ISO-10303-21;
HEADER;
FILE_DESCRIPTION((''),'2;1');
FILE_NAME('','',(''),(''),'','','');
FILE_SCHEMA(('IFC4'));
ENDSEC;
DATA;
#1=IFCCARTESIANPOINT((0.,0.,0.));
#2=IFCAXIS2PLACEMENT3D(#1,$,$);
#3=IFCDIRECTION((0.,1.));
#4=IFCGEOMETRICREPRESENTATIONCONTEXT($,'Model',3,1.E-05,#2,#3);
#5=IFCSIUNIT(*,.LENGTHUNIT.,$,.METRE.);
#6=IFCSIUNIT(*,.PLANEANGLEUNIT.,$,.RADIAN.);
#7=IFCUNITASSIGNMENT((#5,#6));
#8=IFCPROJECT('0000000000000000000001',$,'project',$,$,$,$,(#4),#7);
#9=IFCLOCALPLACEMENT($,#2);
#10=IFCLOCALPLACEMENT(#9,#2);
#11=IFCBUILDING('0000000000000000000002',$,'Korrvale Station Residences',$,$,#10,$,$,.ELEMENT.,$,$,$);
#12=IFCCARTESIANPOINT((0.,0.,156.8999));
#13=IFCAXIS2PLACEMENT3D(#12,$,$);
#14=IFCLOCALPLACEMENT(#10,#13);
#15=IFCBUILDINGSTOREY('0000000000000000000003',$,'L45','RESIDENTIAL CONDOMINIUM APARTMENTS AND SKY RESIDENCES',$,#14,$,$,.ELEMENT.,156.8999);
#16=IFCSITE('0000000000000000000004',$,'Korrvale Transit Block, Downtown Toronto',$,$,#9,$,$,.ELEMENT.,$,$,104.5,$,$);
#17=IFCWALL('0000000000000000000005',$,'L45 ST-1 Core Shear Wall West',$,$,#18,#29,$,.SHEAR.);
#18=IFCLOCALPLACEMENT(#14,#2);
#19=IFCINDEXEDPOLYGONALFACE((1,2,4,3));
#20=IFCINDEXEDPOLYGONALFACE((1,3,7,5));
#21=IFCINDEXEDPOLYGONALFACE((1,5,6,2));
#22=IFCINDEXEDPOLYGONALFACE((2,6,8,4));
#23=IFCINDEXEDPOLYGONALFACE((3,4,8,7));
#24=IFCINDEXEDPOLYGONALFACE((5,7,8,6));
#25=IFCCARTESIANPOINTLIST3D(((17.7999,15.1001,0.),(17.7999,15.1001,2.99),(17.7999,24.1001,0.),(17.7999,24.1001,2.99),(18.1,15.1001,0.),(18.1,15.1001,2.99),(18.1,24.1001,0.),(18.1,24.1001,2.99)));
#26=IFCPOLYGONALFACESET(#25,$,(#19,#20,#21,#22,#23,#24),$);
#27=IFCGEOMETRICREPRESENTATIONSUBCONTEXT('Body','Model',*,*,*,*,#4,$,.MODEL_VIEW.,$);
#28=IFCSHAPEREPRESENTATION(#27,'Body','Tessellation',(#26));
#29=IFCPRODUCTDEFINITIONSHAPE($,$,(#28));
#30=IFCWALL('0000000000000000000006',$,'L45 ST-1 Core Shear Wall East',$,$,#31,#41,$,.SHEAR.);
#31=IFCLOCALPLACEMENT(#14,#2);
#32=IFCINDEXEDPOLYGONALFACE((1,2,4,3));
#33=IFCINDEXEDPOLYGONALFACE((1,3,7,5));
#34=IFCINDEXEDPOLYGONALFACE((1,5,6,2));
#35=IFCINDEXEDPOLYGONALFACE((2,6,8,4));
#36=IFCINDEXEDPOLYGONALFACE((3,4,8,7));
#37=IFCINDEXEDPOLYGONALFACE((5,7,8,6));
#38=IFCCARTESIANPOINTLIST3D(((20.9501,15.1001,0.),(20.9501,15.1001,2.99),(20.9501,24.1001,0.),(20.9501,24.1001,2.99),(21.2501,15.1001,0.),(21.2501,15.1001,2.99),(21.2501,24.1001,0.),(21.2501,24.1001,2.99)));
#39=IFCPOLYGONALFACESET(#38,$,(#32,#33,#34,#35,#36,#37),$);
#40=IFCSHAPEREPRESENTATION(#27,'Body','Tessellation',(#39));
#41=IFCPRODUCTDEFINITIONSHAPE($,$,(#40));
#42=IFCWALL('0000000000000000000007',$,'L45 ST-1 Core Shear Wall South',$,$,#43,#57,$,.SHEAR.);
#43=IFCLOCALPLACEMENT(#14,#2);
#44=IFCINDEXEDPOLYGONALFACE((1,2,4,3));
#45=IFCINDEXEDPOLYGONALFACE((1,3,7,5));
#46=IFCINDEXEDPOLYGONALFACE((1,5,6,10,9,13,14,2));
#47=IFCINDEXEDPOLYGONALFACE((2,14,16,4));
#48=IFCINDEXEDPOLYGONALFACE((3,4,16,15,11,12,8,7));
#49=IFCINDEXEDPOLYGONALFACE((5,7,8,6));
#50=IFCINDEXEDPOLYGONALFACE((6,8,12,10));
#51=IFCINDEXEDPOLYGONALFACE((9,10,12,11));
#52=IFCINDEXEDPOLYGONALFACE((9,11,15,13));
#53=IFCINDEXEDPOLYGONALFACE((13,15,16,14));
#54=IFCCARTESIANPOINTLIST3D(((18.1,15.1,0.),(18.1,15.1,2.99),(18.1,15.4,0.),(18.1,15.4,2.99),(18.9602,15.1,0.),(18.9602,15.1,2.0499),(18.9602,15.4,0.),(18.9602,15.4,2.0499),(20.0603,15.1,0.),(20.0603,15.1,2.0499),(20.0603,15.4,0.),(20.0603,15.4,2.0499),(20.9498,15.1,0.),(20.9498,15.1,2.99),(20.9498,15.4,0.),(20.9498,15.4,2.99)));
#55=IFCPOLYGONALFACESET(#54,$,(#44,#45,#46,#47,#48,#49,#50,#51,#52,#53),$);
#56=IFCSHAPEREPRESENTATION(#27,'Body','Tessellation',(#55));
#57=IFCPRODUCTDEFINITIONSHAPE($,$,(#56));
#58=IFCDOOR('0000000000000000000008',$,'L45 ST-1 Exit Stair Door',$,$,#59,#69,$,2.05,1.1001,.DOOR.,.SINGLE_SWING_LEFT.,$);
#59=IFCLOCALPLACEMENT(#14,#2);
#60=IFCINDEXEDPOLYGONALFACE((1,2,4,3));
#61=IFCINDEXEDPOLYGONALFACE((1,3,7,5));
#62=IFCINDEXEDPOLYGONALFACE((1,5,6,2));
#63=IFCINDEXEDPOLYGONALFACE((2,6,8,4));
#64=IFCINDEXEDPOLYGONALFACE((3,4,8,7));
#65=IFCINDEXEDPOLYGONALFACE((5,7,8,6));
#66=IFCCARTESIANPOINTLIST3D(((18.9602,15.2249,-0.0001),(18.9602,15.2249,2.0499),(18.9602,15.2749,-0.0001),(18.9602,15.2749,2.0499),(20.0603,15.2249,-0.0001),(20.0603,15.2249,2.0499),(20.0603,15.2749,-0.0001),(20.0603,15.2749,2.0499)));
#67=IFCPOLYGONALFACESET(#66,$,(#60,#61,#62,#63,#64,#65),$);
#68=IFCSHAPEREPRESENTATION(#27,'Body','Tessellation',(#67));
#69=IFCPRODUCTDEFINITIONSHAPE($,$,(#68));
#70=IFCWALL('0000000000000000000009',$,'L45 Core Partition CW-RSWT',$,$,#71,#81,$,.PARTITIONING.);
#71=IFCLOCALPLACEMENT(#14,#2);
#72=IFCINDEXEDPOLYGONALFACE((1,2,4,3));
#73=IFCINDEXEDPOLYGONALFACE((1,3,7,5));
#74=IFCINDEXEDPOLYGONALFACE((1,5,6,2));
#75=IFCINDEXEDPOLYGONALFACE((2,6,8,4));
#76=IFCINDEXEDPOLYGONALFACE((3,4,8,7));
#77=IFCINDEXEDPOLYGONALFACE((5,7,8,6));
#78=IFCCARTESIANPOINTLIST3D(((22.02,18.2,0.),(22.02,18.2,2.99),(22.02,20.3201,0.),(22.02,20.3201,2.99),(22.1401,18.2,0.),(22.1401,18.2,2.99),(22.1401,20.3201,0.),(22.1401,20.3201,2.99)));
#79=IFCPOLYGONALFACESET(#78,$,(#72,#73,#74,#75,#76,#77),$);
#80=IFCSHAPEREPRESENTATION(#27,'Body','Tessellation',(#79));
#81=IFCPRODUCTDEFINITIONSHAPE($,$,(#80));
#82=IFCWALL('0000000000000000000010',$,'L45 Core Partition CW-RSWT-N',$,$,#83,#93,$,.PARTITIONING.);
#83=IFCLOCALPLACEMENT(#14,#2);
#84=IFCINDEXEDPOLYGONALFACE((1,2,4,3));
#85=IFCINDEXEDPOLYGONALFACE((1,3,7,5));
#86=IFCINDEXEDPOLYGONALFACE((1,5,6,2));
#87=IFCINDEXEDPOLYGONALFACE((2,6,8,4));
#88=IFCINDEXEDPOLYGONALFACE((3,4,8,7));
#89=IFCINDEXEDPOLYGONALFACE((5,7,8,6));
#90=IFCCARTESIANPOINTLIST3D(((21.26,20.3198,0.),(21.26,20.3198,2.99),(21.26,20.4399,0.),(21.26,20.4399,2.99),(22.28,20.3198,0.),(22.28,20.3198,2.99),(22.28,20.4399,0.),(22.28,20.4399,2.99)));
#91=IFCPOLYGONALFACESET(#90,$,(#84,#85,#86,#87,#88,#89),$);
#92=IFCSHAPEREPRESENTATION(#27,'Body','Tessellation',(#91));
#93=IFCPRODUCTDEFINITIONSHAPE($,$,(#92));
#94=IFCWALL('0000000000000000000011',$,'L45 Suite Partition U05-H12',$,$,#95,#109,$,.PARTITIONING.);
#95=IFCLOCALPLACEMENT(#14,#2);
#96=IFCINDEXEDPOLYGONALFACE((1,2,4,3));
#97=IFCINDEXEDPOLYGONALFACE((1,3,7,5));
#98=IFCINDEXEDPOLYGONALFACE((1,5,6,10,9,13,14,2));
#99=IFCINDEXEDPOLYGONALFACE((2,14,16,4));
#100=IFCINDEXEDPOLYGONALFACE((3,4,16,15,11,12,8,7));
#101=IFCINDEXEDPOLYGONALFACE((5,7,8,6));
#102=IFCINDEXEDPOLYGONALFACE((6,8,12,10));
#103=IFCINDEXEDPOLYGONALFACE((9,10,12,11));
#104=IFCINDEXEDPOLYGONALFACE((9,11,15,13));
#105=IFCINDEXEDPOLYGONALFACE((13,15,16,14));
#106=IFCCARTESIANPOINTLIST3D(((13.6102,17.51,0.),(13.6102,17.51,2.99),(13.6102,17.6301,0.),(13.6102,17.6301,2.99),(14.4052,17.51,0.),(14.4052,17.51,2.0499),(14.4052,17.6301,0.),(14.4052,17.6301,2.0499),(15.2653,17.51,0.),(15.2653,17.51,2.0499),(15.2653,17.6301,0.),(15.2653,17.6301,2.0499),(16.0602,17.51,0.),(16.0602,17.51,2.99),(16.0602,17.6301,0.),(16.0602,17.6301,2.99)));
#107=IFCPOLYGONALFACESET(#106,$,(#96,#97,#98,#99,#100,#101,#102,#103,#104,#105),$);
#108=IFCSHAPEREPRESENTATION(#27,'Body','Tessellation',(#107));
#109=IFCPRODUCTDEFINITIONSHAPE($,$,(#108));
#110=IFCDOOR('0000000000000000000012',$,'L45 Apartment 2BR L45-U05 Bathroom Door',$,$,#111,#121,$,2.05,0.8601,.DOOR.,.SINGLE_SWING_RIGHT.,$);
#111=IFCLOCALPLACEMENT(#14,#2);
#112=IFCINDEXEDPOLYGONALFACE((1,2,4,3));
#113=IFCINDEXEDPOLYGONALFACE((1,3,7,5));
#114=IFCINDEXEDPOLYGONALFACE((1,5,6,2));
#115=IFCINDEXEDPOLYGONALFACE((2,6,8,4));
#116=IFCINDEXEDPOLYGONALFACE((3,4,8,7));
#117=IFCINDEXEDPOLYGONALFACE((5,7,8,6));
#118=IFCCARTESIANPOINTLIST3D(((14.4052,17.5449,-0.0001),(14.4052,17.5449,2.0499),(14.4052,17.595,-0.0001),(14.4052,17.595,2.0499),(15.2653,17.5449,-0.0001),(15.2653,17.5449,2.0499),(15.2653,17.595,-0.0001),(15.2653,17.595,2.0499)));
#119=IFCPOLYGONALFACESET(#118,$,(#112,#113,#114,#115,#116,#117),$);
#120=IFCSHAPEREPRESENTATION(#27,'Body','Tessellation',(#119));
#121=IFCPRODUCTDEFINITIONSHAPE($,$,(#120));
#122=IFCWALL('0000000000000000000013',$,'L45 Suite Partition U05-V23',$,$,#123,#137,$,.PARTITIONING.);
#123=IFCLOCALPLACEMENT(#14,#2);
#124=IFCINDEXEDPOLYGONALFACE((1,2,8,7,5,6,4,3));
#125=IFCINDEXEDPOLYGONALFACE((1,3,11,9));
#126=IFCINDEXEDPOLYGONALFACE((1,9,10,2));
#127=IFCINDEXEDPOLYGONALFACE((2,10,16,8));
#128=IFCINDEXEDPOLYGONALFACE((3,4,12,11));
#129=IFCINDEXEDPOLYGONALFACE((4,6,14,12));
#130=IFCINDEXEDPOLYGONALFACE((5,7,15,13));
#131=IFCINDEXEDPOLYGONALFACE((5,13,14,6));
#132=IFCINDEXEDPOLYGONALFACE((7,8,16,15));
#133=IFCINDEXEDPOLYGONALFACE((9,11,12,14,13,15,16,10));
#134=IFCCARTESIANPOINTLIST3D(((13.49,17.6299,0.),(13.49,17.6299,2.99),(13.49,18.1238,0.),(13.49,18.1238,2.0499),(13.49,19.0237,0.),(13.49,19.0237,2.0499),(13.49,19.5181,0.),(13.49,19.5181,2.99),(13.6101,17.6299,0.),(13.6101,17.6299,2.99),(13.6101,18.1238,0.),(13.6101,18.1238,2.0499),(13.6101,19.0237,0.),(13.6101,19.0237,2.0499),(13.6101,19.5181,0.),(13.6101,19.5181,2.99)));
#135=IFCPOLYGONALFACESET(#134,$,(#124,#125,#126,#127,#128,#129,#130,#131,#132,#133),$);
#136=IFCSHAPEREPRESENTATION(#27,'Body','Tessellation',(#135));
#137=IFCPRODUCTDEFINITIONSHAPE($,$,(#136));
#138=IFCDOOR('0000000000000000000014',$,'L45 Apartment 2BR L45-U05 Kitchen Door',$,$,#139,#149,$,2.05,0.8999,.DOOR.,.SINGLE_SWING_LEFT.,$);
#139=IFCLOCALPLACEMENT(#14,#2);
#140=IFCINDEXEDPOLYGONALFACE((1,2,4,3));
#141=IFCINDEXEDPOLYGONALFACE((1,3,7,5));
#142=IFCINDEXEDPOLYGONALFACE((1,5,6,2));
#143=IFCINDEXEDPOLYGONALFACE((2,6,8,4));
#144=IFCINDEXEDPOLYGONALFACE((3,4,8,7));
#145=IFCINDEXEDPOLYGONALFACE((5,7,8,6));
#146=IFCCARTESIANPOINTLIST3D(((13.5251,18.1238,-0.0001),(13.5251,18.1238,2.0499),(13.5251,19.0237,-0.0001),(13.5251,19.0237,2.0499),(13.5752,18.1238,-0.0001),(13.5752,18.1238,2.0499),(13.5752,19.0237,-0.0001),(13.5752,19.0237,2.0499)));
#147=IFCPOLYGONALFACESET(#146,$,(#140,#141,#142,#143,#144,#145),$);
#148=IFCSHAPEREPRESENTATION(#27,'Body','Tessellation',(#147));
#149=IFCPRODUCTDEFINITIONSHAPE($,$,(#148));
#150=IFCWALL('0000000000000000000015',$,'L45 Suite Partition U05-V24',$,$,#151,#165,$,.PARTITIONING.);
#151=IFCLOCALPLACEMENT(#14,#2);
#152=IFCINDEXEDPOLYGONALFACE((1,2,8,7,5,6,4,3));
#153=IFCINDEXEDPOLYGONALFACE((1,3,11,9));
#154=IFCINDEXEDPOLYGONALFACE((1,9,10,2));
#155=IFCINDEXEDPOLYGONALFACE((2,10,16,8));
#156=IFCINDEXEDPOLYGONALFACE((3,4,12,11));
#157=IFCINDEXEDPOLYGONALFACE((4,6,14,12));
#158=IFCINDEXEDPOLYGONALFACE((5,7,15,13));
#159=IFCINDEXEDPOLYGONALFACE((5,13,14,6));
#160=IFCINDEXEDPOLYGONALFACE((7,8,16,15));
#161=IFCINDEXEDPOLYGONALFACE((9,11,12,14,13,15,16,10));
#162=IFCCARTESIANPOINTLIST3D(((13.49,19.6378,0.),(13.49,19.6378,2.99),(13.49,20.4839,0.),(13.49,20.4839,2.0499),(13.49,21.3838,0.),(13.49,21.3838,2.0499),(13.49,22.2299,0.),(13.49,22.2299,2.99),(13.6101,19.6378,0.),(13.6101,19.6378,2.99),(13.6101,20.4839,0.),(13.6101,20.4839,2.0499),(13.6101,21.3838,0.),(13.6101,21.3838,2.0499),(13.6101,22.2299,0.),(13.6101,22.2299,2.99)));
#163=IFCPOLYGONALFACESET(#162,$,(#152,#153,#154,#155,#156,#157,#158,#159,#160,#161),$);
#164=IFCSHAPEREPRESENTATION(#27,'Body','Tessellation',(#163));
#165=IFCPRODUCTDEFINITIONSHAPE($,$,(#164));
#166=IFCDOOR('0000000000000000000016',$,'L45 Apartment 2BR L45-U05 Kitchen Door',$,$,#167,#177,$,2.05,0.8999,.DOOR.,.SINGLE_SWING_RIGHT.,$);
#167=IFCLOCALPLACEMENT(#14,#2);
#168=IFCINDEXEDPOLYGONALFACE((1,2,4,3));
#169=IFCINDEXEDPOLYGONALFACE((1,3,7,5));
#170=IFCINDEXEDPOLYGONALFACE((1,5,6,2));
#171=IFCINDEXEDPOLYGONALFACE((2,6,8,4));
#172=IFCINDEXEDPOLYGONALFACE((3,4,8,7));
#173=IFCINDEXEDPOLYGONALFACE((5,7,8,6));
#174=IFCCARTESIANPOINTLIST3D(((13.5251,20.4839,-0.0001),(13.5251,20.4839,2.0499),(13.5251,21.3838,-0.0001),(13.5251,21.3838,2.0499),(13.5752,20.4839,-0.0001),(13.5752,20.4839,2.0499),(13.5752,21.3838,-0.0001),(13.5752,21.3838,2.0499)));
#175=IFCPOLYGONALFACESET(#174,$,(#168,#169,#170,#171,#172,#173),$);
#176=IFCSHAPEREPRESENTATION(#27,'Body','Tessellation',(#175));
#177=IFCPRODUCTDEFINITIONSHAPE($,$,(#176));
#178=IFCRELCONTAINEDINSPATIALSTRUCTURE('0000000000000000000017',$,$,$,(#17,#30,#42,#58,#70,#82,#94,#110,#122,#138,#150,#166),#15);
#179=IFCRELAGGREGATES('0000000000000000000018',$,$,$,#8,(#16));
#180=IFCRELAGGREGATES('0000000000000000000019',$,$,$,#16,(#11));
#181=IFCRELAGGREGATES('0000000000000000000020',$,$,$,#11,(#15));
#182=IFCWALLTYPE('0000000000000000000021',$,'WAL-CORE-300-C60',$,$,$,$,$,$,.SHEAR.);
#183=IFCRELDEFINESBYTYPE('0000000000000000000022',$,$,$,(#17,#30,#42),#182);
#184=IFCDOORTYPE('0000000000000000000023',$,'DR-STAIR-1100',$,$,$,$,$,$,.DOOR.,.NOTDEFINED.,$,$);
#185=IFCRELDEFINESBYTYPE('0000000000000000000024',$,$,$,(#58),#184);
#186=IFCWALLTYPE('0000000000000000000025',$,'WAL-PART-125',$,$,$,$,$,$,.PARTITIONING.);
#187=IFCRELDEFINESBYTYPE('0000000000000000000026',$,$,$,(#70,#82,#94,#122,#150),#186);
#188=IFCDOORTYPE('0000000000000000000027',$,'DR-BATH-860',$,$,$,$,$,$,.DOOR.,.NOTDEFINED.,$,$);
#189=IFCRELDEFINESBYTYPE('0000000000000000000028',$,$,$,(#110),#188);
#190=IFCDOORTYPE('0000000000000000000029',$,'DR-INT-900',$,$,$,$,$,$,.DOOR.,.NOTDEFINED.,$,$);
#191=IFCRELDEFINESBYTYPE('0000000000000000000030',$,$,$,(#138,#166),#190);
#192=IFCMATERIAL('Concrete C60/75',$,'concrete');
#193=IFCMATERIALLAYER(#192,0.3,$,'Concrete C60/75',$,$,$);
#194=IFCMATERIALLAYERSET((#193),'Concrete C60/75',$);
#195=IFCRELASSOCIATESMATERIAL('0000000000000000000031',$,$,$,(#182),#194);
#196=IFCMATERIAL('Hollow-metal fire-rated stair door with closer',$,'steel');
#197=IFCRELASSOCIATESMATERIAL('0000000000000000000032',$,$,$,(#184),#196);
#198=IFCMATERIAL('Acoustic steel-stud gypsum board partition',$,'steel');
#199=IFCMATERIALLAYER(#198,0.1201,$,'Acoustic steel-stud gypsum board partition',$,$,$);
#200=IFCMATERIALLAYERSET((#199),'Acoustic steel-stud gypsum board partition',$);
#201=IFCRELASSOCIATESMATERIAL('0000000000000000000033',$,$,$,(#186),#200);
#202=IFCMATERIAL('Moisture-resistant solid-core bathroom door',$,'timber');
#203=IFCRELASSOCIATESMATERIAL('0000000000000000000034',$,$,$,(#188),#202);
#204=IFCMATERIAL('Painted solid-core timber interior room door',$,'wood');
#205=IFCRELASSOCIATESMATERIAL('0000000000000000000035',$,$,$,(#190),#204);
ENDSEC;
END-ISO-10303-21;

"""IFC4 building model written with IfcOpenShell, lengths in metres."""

from ifc_helpers import new_model, si_unit, direction, frame, frame_2d, origin, place, context, subcontext, project, spatial, rectangle, extrude, material, layer, layer_set, type_object, element, fill, save


model = new_model("IFC4")

# Units and contexts
model_context = context("Model", 3, precision=1e-05, world=origin(), true_north=direction((0.0, 1.0)))
body_context = subcontext(model_context, "Body", "Model", "MODEL_VIEW")
ifc_project = project(units=[si_unit("LENGTHUNIT", "METRE"), si_unit("PLANEANGLEUNIT", "RADIAN")], contexts=[model_context])

# Site, building, storey
site_placement = place(None, origin())
site = spatial("IfcSite", under=ifc_project, at=site_placement, Name="Korrvale Transit Block, Downtown Toronto", CompositionType="ELEMENT", RefElevation=104.5)
building_placement = place(site_placement, origin())
building = spatial("IfcBuilding", under=site, at=building_placement, Name="Korrvale Station Residences", CompositionType="ELEMENT")
storey_placement = place(building_placement, frame((0.0, 0.0, 156.8999)))
storey = spatial("IfcBuildingStorey", under=building, at=storey_placement, Name="L45", Description="RESIDENTIAL CONDOMINIUM APARTMENTS AND SKY RESIDENCES", CompositionType="ELEMENT", Elevation=156.8999)

# Walls
ifc_material_1 = material(Name="Concrete C60/75", Category="concrete")
ifc_layer_1 = layer(ifc_material_1, 0.3, Name="Concrete C60/75")
ifc_layer_set_1 = layer_set([ifc_layer_1], Name="Concrete C60/75")
wall_type_1 = type_object("IfcWallType", Name="WAL-CORE-300-C60", PredefinedType="SHEAR", material=ifc_layer_set_1)
for number, where, z_axis, x_axis, name in (
    (1, (17.95, 15.1001, 0.0), (0.0, 0.0, 1.0), (0.0, 1.0, 0.0), "L45 ST-1 Core Shear Wall West"),
    (2, (21.1001, 15.1001, 0.0), (0.0, 0.0, 1.0), (0.0, 1.0, 0.0), "L45 ST-1 Core Shear Wall East"),
):
    element("IfcWall", number, at=place(storey_placement, frame(where, z_axis=z_axis, x_axis=x_axis)), inside=storey, type_object=wall_type_1, Name=name, PredefinedType="SHEAR", context=body_context, shape_type="SweptSolid", body=[
        extrude(rectangle(XDim=9.0, YDim=0.3, at=frame_2d((4.5, 0.0))), origin(), (0.0, 0.0, 1.0), 2.99),
    ])

# Wall, opening, door
wall_1_placement = place(storey_placement, frame((18.1001, 15.25, 0.0), z_axis=(0.0, 0.0, 1.0), x_axis=(1.0, 0.0, 0.0)))
wall_1 = element("IfcWall", 3, at=wall_1_placement, inside=storey, type_object=wall_type_1, Name="L45 ST-1 Core Shear Wall South", PredefinedType="SHEAR", context=body_context, shape_type="SweptSolid", body=[
    extrude(rectangle(XDim=2.8499, YDim=0.3, at=frame_2d((1.4248, 0.0))), origin(), (0.0, 0.0, 1.0), 2.99),
])
opening_1_placement = place(wall_1_placement, frame((0.8601, 0.0, 0.0)))
opening_1 = element("IfcOpeningElement", 4, at=opening_1_placement, cuts=wall_1, PredefinedType="OPENING", context=body_context, shape_type="SweptSolid", body=[
    extrude(rectangle(XDim=1.1001, YDim=2.05, at=frame_2d((0.55, 1.0249))), frame((0.0, 0.1602, 0.0), z_axis=(0.0, -1.0, 0.0), x_axis=(1.0, 0.0, 0.0)), (0.0, 0.0, 1.0), 0.3201),
])
ifc_material_2 = material(Name="Hollow-metal fire-rated stair door with closer", Category="steel")
door_type_1 = type_object("IfcDoorType", Name="DR-STAIR-1100", OperationType="NOTDEFINED", PredefinedType="DOOR", material=ifc_material_2)
door_1_placement = place(opening_1_placement, origin())
door_1 = element("IfcDoor", 5, at=door_1_placement, inside=storey, type_object=door_type_1, Name="L45 ST-1 Exit Stair Door", OperationType="SINGLE_SWING_LEFT", OverallHeight=2.05, OverallWidth=1.1001, PredefinedType="DOOR", context=body_context, shape_type="SweptSolid", body=[
    extrude(rectangle(XDim=1.1001, YDim=2.05, at=frame_2d((0.55, 1.0249))), frame((0.0, 0.0249, 0.0), z_axis=(0.0, -1.0, 0.0), x_axis=(1.0, 0.0, 0.0)), (0.0, 0.0, 1.0), 0.05),
])
fill(opening_1, door_1)

# Walls
ifc_material_3 = material(Name="Acoustic steel-stud gypsum board partition", Category="steel")
ifc_layer_2 = layer(ifc_material_3, 0.1201, Name="Acoustic steel-stud gypsum board partition")
ifc_layer_set_2 = layer_set([ifc_layer_2], Name="Acoustic steel-stud gypsum board partition")
wall_type_2 = type_object("IfcWallType", Name="WAL-PART-125", PredefinedType="PARTITIONING", material=ifc_layer_set_2)
wall_2_placement = place(storey_placement, frame((22.0801, 18.2, 0.0), z_axis=(0.0, 0.0, 1.0), x_axis=(0.0, 1.0, 0.0)))
element("IfcWall", 6, at=wall_2_placement, inside=storey, type_object=wall_type_2, Name="L45 Core Partition CW-RSWT", PredefinedType="PARTITIONING", context=body_context, shape_type="SweptSolid", body=[
    extrude(rectangle(XDim=2.1201, YDim=0.1201, at=frame_2d((1.0601, 0.0))), origin(), (0.0, 0.0, 1.0), 2.99),
])
wall_3_placement = place(storey_placement, frame((22.28, 20.3799, 0.0), z_axis=(0.0, 0.0, 1.0), x_axis=(-1.0, 0.0, 0.0)))
element("IfcWall", 7, at=wall_3_placement, inside=storey, type_object=wall_type_2, Name="L45 Core Partition CW-RSWT-N", PredefinedType="PARTITIONING", context=body_context, shape_type="SweptSolid", body=[
    extrude(rectangle(XDim=1.02, YDim=0.1201, at=frame_2d((0.51, 0.0))), origin(), (0.0, 0.0, 1.0), 2.99),
])

# Walls, openings, doors
wall_4_placement = place(storey_placement, frame((13.6101, 17.5701, 0.0), z_axis=(0.0, 0.0, 1.0), x_axis=(1.0, 0.0, 0.0)))
wall_4 = element("IfcWall", 8, at=wall_4_placement, inside=storey, type_object=wall_type_2, Name="L45 Suite Partition U05-H12", PredefinedType="PARTITIONING", context=body_context, shape_type="SweptSolid", body=[
    extrude(rectangle(XDim=2.45, YDim=0.1201, at=frame_2d((1.2251, 0.0))), origin(), (0.0, 0.0, 1.0), 2.99),
])
opening_2_placement = place(wall_4_placement, frame((0.7949, 0.0, 0.0)))
opening_2 = element("IfcOpeningElement", 9, at=opening_2_placement, cuts=wall_4, PredefinedType="OPENING", context=body_context, shape_type="SweptSolid", body=[
    extrude(rectangle(XDim=0.8601, YDim=2.05, at=frame_2d((0.4302, 1.0249))), frame((0.0, 0.0701, 0.0), z_axis=(0.0, -1.0, 0.0), x_axis=(1.0, 0.0, 0.0)), (0.0, 0.0, 1.0), 0.1401),
])
ifc_material_4 = material(Name="Moisture-resistant solid-core bathroom door", Category="timber")
door_type_2 = type_object("IfcDoorType", Name="DR-BATH-860", OperationType="NOTDEFINED", PredefinedType="DOOR", material=ifc_material_4)
door_2_placement = place(opening_2_placement, origin())
door_2 = element("IfcDoor", 10, at=door_2_placement, inside=storey, type_object=door_type_2, Name="L45 Apartment 2BR L45-U05 Bathroom Door", OperationType="SINGLE_SWING_RIGHT", OverallHeight=2.05, OverallWidth=0.8601, PredefinedType="DOOR", context=body_context, shape_type="SweptSolid", body=[
    extrude(rectangle(XDim=0.8601, YDim=2.05, at=frame_2d((0.4302, 1.0249))), frame((0.0, 0.0249, 0.0), z_axis=(0.0, -1.0, 0.0), x_axis=(1.0, 0.0, 0.0)), (0.0, 0.0, 1.0), 0.05),
])
fill(opening_2, door_2)
wall_5_placement = place(storey_placement, frame((13.55, 17.6299, 0.0), z_axis=(0.0, 0.0, 1.0), x_axis=(0.0, 1.0, 0.0)))
wall_5 = element("IfcWall", 11, at=wall_5_placement, inside=storey, type_object=wall_type_2, Name="L45 Suite Partition U05-V23", PredefinedType="PARTITIONING", context=body_context, shape_type="SweptSolid", body=[
    extrude(rectangle(XDim=1.8882, YDim=0.1201, at=frame_2d((0.9441, 0.0))), origin(), (0.0, 0.0, 1.0), 2.99),
])
opening_3_placement = place(wall_5_placement, frame((0.4939, 0.0, 0.0)))
opening_3 = element("IfcOpeningElement", 12, at=opening_3_placement, cuts=wall_5, PredefinedType="OPENING", context=body_context, shape_type="SweptSolid", body=[
    extrude(rectangle(XDim=0.8999, YDim=2.05, at=frame_2d((0.45, 1.0249))), frame((0.0, 0.0701, 0.0), z_axis=(0.0, -1.0, 0.0), x_axis=(1.0, 0.0, 0.0)), (0.0, 0.0, 1.0), 0.1401),
])
ifc_material_5 = material(Name="Painted solid-core timber interior room door", Category="wood")
door_type_3 = type_object("IfcDoorType", Name="DR-INT-900", OperationType="NOTDEFINED", PredefinedType="DOOR", material=ifc_material_5)
door_3_placement = place(opening_3_placement, origin())
door_3 = element("IfcDoor", 13, at=door_3_placement, inside=storey, type_object=door_type_3, Name="L45 Apartment 2BR L45-U05 Kitchen Door", OperationType="SINGLE_SWING_LEFT", OverallHeight=2.05, OverallWidth=0.8999, PredefinedType="DOOR", context=body_context, shape_type="SweptSolid", body=[
    extrude(rectangle(XDim=0.8999, YDim=2.05, at=frame_2d((0.45, 1.0249))), frame((0.0, 0.0249, 0.0), z_axis=(0.0, -1.0, 0.0), x_axis=(1.0, 0.0, 0.0)), (0.0, 0.0, 1.0), 0.05),
])
fill(opening_3, door_3)
wall_6_placement = place(storey_placement, frame((13.55, 19.6379, 0.0), z_axis=(0.0, 0.0, 1.0), x_axis=(0.0, 1.0, 0.0)))
wall_6 = element("IfcWall", 14, at=wall_6_placement, inside=storey, type_object=wall_type_2, Name="L45 Suite Partition U05-V24", PredefinedType="PARTITIONING", context=body_context, shape_type="SweptSolid", body=[
    extrude(rectangle(XDim=2.592, YDim=0.1201, at=frame_2d((1.2959, 0.0))), origin(), (0.0, 0.0, 1.0), 2.99),
])
opening_4_placement = place(wall_6_placement, frame((0.8459, 0.0, 0.0)))
opening_4 = element("IfcOpeningElement", 15, at=opening_4_placement, cuts=wall_6, PredefinedType="OPENING", context=body_context, shape_type="SweptSolid", body=[
    extrude(rectangle(XDim=0.8999, YDim=2.05, at=frame_2d((0.45, 1.0249))), frame((0.0, 0.0701, 0.0), z_axis=(0.0, -1.0, 0.0), x_axis=(1.0, 0.0, 0.0)), (0.0, 0.0, 1.0), 0.1401),
])
door_4_placement = place(opening_4_placement, origin())
door_4 = element("IfcDoor", 16, at=door_4_placement, inside=storey, type_object=door_type_3, Name="L45 Apartment 2BR L45-U05 Kitchen Door", OperationType="SINGLE_SWING_RIGHT", OverallHeight=2.05, OverallWidth=0.8999, PredefinedType="DOOR", context=body_context, shape_type="SweptSolid", body=[
    extrude(rectangle(XDim=0.8999, YDim=2.05, at=frame_2d((0.45, 1.0249))), frame((0.0, 0.0249, 0.0), z_axis=(0.0, -1.0, 0.0), x_axis=(1.0, 0.0, 0.0)), (0.0, 0.0, 1.0), 0.05),
])
fill(opening_4, door_4)

save(model, "model.ifc")
